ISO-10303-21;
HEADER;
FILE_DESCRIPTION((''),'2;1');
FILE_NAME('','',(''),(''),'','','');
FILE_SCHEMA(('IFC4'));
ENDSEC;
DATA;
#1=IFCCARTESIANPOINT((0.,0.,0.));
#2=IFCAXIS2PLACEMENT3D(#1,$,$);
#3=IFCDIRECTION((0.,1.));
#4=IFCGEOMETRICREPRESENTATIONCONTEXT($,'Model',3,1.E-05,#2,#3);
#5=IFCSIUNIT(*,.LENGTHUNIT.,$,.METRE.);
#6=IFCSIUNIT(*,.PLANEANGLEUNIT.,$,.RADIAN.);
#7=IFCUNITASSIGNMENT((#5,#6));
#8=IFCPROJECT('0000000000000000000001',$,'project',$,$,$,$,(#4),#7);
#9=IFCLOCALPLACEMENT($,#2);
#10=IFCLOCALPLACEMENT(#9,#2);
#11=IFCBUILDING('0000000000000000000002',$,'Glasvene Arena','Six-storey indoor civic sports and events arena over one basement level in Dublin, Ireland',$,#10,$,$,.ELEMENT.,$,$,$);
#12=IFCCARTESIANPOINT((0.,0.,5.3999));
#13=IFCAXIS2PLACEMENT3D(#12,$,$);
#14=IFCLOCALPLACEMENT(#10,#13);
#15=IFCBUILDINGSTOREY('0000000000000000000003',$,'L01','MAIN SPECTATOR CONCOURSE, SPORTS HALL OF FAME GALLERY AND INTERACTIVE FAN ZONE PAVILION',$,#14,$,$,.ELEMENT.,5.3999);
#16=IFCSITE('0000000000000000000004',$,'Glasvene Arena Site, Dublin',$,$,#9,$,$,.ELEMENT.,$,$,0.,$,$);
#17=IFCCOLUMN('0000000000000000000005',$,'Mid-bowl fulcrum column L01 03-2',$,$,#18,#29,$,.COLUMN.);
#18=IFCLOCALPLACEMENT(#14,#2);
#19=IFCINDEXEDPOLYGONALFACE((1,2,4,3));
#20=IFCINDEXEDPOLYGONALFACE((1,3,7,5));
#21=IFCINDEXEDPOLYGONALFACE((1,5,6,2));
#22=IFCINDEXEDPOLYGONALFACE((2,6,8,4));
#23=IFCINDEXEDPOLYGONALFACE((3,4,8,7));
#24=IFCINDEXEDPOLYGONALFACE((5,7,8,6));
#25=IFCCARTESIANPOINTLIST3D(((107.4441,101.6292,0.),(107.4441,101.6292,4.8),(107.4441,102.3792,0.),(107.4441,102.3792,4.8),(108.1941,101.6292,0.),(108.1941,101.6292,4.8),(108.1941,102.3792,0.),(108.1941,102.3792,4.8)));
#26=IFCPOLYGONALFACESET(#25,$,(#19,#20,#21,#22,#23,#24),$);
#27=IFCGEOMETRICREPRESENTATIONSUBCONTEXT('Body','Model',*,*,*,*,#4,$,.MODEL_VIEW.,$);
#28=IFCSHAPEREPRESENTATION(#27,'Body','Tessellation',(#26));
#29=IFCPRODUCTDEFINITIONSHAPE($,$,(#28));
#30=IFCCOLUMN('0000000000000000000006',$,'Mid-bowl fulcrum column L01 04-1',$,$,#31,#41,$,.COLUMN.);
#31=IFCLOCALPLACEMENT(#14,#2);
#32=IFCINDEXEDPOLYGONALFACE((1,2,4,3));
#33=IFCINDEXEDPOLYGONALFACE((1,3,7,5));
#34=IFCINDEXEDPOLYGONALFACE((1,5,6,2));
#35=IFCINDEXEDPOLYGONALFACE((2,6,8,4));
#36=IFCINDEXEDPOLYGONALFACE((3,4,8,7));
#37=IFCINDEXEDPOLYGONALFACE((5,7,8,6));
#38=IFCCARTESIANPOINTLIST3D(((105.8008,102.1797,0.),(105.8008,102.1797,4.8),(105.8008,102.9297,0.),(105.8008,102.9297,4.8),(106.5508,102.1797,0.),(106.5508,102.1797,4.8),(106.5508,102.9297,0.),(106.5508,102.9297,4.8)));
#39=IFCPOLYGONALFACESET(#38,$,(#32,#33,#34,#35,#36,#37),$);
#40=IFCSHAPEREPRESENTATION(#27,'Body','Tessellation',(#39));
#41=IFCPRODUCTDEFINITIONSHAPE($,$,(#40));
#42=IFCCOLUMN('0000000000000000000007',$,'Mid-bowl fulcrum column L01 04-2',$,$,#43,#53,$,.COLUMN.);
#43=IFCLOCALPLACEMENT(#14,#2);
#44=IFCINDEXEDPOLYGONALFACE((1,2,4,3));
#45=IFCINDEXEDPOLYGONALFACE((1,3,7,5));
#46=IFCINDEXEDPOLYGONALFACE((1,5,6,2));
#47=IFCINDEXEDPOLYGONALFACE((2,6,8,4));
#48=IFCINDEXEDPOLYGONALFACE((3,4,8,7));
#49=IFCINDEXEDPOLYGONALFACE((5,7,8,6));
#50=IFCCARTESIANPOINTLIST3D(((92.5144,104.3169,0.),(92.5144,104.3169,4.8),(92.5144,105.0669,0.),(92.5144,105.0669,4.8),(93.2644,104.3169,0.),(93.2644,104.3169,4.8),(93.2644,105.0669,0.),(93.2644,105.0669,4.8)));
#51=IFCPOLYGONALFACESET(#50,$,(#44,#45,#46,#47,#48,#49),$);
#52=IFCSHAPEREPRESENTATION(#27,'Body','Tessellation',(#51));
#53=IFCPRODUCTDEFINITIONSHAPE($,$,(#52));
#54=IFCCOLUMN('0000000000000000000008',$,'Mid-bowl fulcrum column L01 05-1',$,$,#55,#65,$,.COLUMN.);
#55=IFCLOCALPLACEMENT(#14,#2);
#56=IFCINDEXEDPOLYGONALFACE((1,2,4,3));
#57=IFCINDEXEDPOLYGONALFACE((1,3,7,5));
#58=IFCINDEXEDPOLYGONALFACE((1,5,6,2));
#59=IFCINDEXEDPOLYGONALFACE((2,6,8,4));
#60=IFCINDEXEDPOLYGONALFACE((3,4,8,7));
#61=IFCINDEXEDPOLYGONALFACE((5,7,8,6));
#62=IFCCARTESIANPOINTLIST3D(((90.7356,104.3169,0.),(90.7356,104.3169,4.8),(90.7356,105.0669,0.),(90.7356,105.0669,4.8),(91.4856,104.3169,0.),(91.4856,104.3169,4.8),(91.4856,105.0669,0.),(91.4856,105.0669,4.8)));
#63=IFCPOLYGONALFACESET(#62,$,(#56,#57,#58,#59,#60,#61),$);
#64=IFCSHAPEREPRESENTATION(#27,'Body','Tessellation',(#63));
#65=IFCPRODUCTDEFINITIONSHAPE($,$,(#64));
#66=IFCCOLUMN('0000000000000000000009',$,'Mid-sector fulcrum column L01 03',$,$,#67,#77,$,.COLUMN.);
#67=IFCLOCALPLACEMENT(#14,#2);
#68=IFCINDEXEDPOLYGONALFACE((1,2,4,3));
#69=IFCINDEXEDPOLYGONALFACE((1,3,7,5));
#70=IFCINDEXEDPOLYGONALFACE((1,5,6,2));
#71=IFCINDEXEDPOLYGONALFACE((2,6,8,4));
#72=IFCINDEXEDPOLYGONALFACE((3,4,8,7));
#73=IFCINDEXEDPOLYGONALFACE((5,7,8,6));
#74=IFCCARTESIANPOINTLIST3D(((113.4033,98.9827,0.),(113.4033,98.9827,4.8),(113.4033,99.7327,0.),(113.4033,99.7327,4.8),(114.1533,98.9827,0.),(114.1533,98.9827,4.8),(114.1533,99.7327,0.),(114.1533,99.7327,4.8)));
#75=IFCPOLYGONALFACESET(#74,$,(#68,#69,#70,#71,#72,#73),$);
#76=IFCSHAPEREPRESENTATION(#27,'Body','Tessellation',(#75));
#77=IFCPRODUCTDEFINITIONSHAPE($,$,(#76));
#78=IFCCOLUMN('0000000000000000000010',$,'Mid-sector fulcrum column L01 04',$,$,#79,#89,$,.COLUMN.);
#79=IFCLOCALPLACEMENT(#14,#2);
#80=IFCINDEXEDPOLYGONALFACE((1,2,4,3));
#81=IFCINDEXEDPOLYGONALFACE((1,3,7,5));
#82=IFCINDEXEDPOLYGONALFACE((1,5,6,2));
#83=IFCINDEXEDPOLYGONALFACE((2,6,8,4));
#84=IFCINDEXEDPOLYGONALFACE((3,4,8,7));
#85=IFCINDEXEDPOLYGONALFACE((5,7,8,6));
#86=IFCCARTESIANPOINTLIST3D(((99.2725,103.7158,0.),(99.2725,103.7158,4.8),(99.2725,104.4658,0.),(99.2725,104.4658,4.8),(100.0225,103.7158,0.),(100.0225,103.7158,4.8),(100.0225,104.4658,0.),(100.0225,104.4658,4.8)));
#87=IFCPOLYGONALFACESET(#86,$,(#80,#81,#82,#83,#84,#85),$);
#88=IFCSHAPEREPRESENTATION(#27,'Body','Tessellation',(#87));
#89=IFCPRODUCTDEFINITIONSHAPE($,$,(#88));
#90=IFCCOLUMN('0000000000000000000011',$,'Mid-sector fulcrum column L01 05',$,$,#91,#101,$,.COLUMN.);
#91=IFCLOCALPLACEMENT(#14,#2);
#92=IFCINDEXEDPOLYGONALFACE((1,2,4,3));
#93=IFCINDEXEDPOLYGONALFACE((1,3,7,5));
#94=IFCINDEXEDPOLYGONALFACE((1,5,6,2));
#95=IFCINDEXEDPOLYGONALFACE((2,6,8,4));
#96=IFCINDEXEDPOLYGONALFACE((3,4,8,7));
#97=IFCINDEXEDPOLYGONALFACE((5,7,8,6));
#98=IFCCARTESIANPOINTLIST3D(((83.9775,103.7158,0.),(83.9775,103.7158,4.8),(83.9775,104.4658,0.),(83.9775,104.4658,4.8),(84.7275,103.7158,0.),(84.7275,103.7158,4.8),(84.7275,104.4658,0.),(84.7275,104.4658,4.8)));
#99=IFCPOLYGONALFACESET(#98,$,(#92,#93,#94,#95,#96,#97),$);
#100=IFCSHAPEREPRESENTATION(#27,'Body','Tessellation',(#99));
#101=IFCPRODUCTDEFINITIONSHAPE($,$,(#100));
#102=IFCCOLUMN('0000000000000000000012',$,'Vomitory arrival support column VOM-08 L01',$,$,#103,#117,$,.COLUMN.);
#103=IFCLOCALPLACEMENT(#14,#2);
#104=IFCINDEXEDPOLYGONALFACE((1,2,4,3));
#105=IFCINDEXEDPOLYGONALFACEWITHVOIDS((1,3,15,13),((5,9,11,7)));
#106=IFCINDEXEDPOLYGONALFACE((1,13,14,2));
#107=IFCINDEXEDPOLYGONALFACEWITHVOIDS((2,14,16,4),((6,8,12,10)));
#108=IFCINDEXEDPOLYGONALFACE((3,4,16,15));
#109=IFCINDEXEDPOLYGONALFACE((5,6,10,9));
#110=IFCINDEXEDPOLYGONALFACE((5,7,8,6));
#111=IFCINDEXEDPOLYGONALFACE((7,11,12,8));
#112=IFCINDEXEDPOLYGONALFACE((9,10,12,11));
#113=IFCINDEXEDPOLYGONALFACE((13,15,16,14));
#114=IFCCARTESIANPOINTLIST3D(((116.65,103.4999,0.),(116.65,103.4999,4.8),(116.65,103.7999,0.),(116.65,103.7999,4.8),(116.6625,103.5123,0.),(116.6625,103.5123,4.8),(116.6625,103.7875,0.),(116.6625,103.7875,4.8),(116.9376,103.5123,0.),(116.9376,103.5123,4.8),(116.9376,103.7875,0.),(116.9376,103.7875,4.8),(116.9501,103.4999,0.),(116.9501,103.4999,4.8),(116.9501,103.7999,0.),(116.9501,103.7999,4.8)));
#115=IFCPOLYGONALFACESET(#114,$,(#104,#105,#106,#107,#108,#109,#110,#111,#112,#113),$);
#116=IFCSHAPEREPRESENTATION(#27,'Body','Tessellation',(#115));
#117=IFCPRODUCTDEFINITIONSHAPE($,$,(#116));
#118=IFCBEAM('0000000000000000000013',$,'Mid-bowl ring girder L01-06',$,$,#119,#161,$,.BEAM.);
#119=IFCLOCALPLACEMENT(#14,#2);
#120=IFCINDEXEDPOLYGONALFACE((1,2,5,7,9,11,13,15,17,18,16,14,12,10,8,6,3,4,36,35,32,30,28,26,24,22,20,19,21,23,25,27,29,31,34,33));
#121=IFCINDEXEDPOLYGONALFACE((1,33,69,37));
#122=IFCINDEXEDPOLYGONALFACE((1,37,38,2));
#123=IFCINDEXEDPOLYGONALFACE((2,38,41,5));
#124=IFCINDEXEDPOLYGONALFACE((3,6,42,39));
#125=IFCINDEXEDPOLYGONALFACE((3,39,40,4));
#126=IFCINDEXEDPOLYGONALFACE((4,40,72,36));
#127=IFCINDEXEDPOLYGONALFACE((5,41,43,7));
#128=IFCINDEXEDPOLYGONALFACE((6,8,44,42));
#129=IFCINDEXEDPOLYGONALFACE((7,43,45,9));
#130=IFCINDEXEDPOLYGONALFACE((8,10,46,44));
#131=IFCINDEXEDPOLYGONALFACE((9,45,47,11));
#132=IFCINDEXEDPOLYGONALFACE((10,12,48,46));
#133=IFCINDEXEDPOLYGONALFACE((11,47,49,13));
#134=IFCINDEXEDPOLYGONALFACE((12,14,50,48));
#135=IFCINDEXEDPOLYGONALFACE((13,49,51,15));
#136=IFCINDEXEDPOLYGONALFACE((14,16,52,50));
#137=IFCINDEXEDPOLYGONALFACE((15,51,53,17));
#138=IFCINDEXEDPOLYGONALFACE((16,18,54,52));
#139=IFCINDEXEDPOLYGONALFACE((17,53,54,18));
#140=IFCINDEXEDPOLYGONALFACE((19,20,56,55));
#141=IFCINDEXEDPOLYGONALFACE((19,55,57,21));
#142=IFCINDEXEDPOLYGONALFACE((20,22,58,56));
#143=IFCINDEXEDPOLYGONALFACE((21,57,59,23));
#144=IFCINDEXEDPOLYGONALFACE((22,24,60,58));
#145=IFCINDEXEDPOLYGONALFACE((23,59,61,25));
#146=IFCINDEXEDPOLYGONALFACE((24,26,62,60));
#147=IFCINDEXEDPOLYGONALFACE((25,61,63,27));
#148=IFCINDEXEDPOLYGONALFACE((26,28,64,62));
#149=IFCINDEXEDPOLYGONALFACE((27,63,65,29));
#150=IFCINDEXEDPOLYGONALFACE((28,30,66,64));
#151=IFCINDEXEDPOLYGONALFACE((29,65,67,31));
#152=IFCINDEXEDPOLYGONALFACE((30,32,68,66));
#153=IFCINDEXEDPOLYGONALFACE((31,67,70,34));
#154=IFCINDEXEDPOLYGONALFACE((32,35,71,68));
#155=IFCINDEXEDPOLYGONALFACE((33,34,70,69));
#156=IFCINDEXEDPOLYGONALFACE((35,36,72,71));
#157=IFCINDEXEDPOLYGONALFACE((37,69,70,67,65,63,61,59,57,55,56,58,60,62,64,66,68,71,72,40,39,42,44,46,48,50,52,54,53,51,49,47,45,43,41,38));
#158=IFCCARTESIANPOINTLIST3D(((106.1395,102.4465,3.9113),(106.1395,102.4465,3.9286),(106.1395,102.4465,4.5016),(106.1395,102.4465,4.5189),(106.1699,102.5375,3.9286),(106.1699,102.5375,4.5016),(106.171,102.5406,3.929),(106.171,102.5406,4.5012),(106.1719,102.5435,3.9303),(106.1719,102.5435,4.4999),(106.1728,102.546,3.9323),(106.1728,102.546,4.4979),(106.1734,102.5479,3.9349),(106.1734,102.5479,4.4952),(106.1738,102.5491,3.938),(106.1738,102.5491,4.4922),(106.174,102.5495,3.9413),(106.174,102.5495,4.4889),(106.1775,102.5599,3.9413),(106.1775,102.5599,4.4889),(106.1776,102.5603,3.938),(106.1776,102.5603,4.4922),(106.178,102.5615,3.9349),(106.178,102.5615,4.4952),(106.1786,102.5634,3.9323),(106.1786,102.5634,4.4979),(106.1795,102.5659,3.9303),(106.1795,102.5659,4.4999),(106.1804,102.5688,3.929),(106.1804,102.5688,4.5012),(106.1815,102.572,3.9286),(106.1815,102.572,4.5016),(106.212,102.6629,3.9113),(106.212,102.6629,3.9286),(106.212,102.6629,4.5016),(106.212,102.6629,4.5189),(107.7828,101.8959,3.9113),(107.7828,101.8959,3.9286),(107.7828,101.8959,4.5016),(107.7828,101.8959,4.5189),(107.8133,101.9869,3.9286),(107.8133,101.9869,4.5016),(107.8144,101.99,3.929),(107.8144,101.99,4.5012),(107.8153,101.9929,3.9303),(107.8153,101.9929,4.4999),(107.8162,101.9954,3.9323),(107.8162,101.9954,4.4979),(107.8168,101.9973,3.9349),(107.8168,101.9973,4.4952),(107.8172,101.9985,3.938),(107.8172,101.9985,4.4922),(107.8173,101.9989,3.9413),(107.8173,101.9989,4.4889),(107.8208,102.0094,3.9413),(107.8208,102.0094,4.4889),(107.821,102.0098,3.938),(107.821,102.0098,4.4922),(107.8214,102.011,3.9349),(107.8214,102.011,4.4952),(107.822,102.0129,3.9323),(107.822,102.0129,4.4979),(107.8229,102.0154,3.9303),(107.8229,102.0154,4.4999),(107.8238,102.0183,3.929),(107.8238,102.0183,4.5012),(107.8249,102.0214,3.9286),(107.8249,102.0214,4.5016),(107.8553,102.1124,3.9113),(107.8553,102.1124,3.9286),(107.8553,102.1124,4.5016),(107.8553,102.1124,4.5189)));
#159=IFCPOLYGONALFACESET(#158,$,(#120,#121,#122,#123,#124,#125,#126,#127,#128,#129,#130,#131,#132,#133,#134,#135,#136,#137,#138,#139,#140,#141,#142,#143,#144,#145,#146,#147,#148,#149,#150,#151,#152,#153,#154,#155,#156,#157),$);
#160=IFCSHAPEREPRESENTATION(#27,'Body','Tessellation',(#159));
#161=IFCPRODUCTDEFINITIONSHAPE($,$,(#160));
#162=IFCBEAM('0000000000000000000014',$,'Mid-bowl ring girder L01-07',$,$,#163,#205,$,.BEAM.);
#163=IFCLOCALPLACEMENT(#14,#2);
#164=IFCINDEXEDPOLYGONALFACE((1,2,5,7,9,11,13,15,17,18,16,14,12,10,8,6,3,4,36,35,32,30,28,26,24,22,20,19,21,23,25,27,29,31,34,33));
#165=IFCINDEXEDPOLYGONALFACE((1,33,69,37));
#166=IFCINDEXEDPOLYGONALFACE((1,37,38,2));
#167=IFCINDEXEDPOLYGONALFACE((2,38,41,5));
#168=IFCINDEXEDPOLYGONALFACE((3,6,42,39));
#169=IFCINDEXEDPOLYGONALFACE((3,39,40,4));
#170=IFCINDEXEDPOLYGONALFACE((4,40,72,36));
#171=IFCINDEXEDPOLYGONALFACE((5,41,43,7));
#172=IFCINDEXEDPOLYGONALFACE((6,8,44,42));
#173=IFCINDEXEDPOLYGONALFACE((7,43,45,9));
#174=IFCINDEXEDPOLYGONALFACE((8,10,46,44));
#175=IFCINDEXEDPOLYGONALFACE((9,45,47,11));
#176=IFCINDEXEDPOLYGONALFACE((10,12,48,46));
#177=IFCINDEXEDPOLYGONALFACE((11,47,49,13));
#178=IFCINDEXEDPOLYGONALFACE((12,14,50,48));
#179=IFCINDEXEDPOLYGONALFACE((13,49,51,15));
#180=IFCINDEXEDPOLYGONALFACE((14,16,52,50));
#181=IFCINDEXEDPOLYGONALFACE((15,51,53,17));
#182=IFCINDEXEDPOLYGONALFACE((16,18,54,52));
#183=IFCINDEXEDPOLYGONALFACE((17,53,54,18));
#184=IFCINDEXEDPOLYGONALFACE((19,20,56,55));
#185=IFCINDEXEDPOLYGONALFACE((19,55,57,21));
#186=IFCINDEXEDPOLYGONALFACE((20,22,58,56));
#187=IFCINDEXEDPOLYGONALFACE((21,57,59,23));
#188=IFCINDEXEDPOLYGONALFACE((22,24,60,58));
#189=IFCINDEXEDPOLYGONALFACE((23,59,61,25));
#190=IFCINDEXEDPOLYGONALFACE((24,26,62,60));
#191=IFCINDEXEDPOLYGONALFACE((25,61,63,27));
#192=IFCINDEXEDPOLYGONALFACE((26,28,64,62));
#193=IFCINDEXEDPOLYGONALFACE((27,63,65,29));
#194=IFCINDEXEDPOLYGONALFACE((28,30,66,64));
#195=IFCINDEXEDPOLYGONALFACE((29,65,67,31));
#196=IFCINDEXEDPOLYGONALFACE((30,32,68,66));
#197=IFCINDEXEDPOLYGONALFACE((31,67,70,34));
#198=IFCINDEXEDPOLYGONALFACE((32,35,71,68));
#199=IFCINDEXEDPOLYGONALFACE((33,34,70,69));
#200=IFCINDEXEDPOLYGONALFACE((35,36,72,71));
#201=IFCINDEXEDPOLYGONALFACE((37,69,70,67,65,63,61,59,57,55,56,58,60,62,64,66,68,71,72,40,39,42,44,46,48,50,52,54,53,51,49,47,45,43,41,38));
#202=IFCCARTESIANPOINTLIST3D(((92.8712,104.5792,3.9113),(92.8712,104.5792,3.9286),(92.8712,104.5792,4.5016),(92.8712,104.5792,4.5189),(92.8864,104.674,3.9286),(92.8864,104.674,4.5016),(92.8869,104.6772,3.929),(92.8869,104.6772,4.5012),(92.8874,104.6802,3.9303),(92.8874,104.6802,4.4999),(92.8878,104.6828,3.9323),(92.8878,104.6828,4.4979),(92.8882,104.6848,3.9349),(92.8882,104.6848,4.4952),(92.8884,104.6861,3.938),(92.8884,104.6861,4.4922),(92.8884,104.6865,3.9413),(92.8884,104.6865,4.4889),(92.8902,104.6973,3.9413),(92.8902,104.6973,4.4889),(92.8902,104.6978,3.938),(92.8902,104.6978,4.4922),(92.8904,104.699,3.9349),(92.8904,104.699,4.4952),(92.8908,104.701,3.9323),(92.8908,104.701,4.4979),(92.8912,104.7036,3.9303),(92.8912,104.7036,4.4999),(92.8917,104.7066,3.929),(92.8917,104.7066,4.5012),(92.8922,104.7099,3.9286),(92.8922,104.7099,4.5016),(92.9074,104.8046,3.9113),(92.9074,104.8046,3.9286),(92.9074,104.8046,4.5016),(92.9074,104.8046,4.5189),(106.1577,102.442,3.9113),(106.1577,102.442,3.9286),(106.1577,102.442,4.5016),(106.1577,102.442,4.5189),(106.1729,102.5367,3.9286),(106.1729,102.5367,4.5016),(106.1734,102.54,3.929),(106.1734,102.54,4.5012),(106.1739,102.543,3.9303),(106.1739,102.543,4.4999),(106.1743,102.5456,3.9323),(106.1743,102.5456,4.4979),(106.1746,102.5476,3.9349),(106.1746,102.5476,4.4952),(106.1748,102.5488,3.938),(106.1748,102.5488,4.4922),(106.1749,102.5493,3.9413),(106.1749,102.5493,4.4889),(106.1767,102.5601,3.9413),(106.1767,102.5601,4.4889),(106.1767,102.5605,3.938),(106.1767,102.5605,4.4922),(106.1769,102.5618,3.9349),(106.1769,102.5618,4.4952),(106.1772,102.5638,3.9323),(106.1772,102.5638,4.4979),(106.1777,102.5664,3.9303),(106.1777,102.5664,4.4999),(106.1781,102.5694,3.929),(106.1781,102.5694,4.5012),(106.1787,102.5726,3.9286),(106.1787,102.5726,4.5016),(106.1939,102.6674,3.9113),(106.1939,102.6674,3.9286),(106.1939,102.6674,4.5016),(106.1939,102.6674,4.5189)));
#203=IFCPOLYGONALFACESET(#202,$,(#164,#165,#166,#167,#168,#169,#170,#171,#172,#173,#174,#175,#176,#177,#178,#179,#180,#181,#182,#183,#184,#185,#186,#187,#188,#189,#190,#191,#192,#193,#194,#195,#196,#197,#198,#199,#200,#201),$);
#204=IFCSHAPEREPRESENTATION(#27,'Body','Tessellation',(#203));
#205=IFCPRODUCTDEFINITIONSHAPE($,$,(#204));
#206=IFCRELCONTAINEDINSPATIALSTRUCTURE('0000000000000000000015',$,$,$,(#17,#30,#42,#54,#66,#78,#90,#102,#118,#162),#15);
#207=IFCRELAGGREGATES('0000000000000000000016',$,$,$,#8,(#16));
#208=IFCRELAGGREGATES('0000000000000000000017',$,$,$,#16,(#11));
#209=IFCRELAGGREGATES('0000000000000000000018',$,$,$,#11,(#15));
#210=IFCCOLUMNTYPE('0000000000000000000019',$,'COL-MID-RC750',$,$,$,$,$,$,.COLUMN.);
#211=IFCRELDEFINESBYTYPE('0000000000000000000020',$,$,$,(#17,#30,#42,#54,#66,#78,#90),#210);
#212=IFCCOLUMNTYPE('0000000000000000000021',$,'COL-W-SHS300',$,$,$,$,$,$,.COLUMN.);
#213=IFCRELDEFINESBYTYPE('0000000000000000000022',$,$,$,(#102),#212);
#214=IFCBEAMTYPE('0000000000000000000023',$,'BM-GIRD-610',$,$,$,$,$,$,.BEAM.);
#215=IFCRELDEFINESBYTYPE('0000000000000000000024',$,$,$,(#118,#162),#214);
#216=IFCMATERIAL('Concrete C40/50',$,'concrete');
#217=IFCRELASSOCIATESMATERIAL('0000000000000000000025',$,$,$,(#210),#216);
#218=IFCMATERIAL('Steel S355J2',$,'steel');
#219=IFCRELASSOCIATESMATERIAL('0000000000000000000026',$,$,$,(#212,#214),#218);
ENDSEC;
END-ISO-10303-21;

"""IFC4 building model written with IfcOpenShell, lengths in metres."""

from ifc_helpers import new_model, si_unit, direction, frame, origin, origin_2d, place, context, subcontext, project, spatial, rectangle, hollow_rectangle, i_section, extrude, material, material_profile, profile_set, type_object, element, save


model = new_model("IFC4")

# Units and contexts
model_context = context("Model", 3, precision=1e-05, world=origin(), true_north=direction((0.0, 1.0)))
body_context = subcontext(model_context, "Body", "Model", "MODEL_VIEW")
ifc_project = project(units=[si_unit("LENGTHUNIT", "METRE"), si_unit("PLANEANGLEUNIT", "RADIAN")], contexts=[model_context])

# Site, building, storey
site_placement = place(None, origin())
site = spatial("IfcSite", under=ifc_project, at=site_placement, Name="Glasvene Arena Site, Dublin", CompositionType="ELEMENT", RefElevation=0.0)
building_placement = place(site_placement, origin())
building = spatial("IfcBuilding", under=site, at=building_placement, Name="Glasvene Arena", Description="Six-storey indoor civic sports and events arena over one basement level in Dublin, Ireland", CompositionType="ELEMENT")
storey_placement = place(building_placement, frame((0.0, 0.0, 5.3999)))
storey = spatial("IfcBuildingStorey", under=building, at=storey_placement, Name="L01", Description="MAIN SPECTATOR CONCOURSE, SPORTS HALL OF FAME GALLERY AND INTERACTIVE FAN ZONE PAVILION", CompositionType="ELEMENT", Elevation=5.3999)

# Columns
ifc_material_1 = material(Name="Concrete C40/50", Category="concrete")
ifc_material_profile_1 = material_profile(ifc_material_1, rectangle(XDim=0.75, YDim=0.75, at=origin_2d()), Name="RC 750x750")
ifc_profile_set_1 = profile_set([ifc_material_profile_1], Name="Concrete C40/50")
column_type_1 = type_object("IfcColumnType", Name="COL-MID-RC750", PredefinedType="COLUMN", material=ifc_profile_set_1)
for number, where, z_axis, x_axis, name in (
    (1, (107.8191, 102.0042, 0.0), (0.0, 0.0, 1.0), (1.0, 0.0, 0.0), "Mid-bowl fulcrum column L01 03-2"),
    (2, (106.1758, 102.5547, 0.0), (0.0, 0.0, 1.0), (1.0, 0.0, 0.0), "Mid-bowl fulcrum column L01 04-1"),
    (3, (92.8894, 104.6919, 0.0), (0.0, 0.0, 1.0), (1.0, 0.0, 0.0), "Mid-bowl fulcrum column L01 04-2"),
    (4, (91.1106, 104.6919, 0.0), (0.0, 0.0, 1.0), (1.0, 0.0, 0.0), "Mid-bowl fulcrum column L01 05-1"),
    (5, (113.7783, 99.3577, 0.0), (0.0, 0.0, 1.0), (1.0, 0.0, 0.0), "Mid-sector fulcrum column L01 03"),
    (6, (99.6475, 104.0908, 0.0), (0.0, 0.0, 1.0), (1.0, 0.0, 0.0), "Mid-sector fulcrum column L01 04"),
    (7, (84.3525, 104.0908, 0.0), (0.0, 0.0, 1.0), (1.0, 0.0, 0.0), "Mid-sector fulcrum column L01 05"),
):
    element("IfcColumn", number, at=place(storey_placement, frame(where, z_axis=z_axis, x_axis=x_axis)), inside=storey, type_object=column_type_1, Name=name, PredefinedType="COLUMN", context=body_context, shape_type="SweptSolid", body=[
        extrude(rectangle(XDim=0.75, YDim=0.75, at=origin_2d()), origin(), (0.0, 0.0, 1.0), 4.8),
    ])
ifc_material_2 = material(Name="Steel S355J2", Category="steel")
ifc_material_profile_2 = material_profile(ifc_material_2, hollow_rectangle(XDim=0.3, YDim=0.3, WallThickness=0.0125, at=origin_2d()), Name="SHS 300x300x12.5")
ifc_profile_set_2 = profile_set([ifc_material_profile_2], Name="Steel S355J2")
column_type_2 = type_object("IfcColumnType", Name="COL-W-SHS300", PredefinedType="COLUMN", material=ifc_profile_set_2)
column_placement = place(storey_placement, frame((116.8, 103.6499, 0.0), z_axis=(0.0, 0.0, 1.0), x_axis=(1.0, 0.0, 0.0)))
element("IfcColumn", 8, at=column_placement, inside=storey, type_object=column_type_2, Name="Vomitory arrival support column VOM-08 L01", PredefinedType="COLUMN", context=body_context, shape_type="SweptSolid", body=[
    extrude(hollow_rectangle(XDim=0.3, YDim=0.3, WallThickness=0.0125, at=origin_2d()), origin(), (0.0, 0.0, 1.0), 4.8),
])

# Beams
ifc_material_profile_3 = material_profile(ifc_material_2, i_section(OverallWidth=0.2283, OverallDepth=0.6077, WebThickness=0.011, FlangeThickness=0.0173, FilletRadius=0.0127, at=origin_2d()), Name="UKB 610x229x113")
ifc_profile_set_3 = profile_set([ifc_material_profile_3], Name="Steel S355J2")
beam_type_1 = type_object("IfcBeamType", Name="BM-GIRD-610", PredefinedType="BEAM", material=ifc_profile_set_3)
beam_1_placement = place(storey_placement, frame((107.8191, 102.0042, 4.2151), z_axis=(-0.948203, 0.317664, 0.0), x_axis=(-0.317664, -0.948203, 0.0)))
element("IfcBeam", 9, at=beam_1_placement, inside=storey, type_object=beam_type_1, Name="Mid-bowl ring girder L01-06", PredefinedType="BEAM", context=body_context, shape_type="SweptSolid", body=[
    extrude(i_section(OverallWidth=0.2283, OverallDepth=0.6077, WebThickness=0.011, FlangeThickness=0.0173, FilletRadius=0.0127, at=origin_2d()), origin(), (0.0, 0.0, 1.0), 1.7332),
])
for number, where, z_axis, x_axis, name in (
    (10, (106.1758, 102.5547, 4.2151), (-0.987308, 0.158815, 0.0), (-0.158815, -0.987308, 0.0), "Mid-bowl ring girder L01-07"),
):
    element("IfcBeam", number, at=place(storey_placement, frame(where, z_axis=z_axis, x_axis=x_axis)), inside=storey, type_object=beam_type_1, Name=name, PredefinedType="BEAM", context=body_context, shape_type="SweptSolid", body=[
        extrude(i_section(OverallWidth=0.2283, OverallDepth=0.6077, WebThickness=0.011, FlangeThickness=0.0173, FilletRadius=0.0127, at=origin_2d()), origin(), (0.0, 0.0, 1.0), 13.4573),
    ])

save(model, "model.ifc")
